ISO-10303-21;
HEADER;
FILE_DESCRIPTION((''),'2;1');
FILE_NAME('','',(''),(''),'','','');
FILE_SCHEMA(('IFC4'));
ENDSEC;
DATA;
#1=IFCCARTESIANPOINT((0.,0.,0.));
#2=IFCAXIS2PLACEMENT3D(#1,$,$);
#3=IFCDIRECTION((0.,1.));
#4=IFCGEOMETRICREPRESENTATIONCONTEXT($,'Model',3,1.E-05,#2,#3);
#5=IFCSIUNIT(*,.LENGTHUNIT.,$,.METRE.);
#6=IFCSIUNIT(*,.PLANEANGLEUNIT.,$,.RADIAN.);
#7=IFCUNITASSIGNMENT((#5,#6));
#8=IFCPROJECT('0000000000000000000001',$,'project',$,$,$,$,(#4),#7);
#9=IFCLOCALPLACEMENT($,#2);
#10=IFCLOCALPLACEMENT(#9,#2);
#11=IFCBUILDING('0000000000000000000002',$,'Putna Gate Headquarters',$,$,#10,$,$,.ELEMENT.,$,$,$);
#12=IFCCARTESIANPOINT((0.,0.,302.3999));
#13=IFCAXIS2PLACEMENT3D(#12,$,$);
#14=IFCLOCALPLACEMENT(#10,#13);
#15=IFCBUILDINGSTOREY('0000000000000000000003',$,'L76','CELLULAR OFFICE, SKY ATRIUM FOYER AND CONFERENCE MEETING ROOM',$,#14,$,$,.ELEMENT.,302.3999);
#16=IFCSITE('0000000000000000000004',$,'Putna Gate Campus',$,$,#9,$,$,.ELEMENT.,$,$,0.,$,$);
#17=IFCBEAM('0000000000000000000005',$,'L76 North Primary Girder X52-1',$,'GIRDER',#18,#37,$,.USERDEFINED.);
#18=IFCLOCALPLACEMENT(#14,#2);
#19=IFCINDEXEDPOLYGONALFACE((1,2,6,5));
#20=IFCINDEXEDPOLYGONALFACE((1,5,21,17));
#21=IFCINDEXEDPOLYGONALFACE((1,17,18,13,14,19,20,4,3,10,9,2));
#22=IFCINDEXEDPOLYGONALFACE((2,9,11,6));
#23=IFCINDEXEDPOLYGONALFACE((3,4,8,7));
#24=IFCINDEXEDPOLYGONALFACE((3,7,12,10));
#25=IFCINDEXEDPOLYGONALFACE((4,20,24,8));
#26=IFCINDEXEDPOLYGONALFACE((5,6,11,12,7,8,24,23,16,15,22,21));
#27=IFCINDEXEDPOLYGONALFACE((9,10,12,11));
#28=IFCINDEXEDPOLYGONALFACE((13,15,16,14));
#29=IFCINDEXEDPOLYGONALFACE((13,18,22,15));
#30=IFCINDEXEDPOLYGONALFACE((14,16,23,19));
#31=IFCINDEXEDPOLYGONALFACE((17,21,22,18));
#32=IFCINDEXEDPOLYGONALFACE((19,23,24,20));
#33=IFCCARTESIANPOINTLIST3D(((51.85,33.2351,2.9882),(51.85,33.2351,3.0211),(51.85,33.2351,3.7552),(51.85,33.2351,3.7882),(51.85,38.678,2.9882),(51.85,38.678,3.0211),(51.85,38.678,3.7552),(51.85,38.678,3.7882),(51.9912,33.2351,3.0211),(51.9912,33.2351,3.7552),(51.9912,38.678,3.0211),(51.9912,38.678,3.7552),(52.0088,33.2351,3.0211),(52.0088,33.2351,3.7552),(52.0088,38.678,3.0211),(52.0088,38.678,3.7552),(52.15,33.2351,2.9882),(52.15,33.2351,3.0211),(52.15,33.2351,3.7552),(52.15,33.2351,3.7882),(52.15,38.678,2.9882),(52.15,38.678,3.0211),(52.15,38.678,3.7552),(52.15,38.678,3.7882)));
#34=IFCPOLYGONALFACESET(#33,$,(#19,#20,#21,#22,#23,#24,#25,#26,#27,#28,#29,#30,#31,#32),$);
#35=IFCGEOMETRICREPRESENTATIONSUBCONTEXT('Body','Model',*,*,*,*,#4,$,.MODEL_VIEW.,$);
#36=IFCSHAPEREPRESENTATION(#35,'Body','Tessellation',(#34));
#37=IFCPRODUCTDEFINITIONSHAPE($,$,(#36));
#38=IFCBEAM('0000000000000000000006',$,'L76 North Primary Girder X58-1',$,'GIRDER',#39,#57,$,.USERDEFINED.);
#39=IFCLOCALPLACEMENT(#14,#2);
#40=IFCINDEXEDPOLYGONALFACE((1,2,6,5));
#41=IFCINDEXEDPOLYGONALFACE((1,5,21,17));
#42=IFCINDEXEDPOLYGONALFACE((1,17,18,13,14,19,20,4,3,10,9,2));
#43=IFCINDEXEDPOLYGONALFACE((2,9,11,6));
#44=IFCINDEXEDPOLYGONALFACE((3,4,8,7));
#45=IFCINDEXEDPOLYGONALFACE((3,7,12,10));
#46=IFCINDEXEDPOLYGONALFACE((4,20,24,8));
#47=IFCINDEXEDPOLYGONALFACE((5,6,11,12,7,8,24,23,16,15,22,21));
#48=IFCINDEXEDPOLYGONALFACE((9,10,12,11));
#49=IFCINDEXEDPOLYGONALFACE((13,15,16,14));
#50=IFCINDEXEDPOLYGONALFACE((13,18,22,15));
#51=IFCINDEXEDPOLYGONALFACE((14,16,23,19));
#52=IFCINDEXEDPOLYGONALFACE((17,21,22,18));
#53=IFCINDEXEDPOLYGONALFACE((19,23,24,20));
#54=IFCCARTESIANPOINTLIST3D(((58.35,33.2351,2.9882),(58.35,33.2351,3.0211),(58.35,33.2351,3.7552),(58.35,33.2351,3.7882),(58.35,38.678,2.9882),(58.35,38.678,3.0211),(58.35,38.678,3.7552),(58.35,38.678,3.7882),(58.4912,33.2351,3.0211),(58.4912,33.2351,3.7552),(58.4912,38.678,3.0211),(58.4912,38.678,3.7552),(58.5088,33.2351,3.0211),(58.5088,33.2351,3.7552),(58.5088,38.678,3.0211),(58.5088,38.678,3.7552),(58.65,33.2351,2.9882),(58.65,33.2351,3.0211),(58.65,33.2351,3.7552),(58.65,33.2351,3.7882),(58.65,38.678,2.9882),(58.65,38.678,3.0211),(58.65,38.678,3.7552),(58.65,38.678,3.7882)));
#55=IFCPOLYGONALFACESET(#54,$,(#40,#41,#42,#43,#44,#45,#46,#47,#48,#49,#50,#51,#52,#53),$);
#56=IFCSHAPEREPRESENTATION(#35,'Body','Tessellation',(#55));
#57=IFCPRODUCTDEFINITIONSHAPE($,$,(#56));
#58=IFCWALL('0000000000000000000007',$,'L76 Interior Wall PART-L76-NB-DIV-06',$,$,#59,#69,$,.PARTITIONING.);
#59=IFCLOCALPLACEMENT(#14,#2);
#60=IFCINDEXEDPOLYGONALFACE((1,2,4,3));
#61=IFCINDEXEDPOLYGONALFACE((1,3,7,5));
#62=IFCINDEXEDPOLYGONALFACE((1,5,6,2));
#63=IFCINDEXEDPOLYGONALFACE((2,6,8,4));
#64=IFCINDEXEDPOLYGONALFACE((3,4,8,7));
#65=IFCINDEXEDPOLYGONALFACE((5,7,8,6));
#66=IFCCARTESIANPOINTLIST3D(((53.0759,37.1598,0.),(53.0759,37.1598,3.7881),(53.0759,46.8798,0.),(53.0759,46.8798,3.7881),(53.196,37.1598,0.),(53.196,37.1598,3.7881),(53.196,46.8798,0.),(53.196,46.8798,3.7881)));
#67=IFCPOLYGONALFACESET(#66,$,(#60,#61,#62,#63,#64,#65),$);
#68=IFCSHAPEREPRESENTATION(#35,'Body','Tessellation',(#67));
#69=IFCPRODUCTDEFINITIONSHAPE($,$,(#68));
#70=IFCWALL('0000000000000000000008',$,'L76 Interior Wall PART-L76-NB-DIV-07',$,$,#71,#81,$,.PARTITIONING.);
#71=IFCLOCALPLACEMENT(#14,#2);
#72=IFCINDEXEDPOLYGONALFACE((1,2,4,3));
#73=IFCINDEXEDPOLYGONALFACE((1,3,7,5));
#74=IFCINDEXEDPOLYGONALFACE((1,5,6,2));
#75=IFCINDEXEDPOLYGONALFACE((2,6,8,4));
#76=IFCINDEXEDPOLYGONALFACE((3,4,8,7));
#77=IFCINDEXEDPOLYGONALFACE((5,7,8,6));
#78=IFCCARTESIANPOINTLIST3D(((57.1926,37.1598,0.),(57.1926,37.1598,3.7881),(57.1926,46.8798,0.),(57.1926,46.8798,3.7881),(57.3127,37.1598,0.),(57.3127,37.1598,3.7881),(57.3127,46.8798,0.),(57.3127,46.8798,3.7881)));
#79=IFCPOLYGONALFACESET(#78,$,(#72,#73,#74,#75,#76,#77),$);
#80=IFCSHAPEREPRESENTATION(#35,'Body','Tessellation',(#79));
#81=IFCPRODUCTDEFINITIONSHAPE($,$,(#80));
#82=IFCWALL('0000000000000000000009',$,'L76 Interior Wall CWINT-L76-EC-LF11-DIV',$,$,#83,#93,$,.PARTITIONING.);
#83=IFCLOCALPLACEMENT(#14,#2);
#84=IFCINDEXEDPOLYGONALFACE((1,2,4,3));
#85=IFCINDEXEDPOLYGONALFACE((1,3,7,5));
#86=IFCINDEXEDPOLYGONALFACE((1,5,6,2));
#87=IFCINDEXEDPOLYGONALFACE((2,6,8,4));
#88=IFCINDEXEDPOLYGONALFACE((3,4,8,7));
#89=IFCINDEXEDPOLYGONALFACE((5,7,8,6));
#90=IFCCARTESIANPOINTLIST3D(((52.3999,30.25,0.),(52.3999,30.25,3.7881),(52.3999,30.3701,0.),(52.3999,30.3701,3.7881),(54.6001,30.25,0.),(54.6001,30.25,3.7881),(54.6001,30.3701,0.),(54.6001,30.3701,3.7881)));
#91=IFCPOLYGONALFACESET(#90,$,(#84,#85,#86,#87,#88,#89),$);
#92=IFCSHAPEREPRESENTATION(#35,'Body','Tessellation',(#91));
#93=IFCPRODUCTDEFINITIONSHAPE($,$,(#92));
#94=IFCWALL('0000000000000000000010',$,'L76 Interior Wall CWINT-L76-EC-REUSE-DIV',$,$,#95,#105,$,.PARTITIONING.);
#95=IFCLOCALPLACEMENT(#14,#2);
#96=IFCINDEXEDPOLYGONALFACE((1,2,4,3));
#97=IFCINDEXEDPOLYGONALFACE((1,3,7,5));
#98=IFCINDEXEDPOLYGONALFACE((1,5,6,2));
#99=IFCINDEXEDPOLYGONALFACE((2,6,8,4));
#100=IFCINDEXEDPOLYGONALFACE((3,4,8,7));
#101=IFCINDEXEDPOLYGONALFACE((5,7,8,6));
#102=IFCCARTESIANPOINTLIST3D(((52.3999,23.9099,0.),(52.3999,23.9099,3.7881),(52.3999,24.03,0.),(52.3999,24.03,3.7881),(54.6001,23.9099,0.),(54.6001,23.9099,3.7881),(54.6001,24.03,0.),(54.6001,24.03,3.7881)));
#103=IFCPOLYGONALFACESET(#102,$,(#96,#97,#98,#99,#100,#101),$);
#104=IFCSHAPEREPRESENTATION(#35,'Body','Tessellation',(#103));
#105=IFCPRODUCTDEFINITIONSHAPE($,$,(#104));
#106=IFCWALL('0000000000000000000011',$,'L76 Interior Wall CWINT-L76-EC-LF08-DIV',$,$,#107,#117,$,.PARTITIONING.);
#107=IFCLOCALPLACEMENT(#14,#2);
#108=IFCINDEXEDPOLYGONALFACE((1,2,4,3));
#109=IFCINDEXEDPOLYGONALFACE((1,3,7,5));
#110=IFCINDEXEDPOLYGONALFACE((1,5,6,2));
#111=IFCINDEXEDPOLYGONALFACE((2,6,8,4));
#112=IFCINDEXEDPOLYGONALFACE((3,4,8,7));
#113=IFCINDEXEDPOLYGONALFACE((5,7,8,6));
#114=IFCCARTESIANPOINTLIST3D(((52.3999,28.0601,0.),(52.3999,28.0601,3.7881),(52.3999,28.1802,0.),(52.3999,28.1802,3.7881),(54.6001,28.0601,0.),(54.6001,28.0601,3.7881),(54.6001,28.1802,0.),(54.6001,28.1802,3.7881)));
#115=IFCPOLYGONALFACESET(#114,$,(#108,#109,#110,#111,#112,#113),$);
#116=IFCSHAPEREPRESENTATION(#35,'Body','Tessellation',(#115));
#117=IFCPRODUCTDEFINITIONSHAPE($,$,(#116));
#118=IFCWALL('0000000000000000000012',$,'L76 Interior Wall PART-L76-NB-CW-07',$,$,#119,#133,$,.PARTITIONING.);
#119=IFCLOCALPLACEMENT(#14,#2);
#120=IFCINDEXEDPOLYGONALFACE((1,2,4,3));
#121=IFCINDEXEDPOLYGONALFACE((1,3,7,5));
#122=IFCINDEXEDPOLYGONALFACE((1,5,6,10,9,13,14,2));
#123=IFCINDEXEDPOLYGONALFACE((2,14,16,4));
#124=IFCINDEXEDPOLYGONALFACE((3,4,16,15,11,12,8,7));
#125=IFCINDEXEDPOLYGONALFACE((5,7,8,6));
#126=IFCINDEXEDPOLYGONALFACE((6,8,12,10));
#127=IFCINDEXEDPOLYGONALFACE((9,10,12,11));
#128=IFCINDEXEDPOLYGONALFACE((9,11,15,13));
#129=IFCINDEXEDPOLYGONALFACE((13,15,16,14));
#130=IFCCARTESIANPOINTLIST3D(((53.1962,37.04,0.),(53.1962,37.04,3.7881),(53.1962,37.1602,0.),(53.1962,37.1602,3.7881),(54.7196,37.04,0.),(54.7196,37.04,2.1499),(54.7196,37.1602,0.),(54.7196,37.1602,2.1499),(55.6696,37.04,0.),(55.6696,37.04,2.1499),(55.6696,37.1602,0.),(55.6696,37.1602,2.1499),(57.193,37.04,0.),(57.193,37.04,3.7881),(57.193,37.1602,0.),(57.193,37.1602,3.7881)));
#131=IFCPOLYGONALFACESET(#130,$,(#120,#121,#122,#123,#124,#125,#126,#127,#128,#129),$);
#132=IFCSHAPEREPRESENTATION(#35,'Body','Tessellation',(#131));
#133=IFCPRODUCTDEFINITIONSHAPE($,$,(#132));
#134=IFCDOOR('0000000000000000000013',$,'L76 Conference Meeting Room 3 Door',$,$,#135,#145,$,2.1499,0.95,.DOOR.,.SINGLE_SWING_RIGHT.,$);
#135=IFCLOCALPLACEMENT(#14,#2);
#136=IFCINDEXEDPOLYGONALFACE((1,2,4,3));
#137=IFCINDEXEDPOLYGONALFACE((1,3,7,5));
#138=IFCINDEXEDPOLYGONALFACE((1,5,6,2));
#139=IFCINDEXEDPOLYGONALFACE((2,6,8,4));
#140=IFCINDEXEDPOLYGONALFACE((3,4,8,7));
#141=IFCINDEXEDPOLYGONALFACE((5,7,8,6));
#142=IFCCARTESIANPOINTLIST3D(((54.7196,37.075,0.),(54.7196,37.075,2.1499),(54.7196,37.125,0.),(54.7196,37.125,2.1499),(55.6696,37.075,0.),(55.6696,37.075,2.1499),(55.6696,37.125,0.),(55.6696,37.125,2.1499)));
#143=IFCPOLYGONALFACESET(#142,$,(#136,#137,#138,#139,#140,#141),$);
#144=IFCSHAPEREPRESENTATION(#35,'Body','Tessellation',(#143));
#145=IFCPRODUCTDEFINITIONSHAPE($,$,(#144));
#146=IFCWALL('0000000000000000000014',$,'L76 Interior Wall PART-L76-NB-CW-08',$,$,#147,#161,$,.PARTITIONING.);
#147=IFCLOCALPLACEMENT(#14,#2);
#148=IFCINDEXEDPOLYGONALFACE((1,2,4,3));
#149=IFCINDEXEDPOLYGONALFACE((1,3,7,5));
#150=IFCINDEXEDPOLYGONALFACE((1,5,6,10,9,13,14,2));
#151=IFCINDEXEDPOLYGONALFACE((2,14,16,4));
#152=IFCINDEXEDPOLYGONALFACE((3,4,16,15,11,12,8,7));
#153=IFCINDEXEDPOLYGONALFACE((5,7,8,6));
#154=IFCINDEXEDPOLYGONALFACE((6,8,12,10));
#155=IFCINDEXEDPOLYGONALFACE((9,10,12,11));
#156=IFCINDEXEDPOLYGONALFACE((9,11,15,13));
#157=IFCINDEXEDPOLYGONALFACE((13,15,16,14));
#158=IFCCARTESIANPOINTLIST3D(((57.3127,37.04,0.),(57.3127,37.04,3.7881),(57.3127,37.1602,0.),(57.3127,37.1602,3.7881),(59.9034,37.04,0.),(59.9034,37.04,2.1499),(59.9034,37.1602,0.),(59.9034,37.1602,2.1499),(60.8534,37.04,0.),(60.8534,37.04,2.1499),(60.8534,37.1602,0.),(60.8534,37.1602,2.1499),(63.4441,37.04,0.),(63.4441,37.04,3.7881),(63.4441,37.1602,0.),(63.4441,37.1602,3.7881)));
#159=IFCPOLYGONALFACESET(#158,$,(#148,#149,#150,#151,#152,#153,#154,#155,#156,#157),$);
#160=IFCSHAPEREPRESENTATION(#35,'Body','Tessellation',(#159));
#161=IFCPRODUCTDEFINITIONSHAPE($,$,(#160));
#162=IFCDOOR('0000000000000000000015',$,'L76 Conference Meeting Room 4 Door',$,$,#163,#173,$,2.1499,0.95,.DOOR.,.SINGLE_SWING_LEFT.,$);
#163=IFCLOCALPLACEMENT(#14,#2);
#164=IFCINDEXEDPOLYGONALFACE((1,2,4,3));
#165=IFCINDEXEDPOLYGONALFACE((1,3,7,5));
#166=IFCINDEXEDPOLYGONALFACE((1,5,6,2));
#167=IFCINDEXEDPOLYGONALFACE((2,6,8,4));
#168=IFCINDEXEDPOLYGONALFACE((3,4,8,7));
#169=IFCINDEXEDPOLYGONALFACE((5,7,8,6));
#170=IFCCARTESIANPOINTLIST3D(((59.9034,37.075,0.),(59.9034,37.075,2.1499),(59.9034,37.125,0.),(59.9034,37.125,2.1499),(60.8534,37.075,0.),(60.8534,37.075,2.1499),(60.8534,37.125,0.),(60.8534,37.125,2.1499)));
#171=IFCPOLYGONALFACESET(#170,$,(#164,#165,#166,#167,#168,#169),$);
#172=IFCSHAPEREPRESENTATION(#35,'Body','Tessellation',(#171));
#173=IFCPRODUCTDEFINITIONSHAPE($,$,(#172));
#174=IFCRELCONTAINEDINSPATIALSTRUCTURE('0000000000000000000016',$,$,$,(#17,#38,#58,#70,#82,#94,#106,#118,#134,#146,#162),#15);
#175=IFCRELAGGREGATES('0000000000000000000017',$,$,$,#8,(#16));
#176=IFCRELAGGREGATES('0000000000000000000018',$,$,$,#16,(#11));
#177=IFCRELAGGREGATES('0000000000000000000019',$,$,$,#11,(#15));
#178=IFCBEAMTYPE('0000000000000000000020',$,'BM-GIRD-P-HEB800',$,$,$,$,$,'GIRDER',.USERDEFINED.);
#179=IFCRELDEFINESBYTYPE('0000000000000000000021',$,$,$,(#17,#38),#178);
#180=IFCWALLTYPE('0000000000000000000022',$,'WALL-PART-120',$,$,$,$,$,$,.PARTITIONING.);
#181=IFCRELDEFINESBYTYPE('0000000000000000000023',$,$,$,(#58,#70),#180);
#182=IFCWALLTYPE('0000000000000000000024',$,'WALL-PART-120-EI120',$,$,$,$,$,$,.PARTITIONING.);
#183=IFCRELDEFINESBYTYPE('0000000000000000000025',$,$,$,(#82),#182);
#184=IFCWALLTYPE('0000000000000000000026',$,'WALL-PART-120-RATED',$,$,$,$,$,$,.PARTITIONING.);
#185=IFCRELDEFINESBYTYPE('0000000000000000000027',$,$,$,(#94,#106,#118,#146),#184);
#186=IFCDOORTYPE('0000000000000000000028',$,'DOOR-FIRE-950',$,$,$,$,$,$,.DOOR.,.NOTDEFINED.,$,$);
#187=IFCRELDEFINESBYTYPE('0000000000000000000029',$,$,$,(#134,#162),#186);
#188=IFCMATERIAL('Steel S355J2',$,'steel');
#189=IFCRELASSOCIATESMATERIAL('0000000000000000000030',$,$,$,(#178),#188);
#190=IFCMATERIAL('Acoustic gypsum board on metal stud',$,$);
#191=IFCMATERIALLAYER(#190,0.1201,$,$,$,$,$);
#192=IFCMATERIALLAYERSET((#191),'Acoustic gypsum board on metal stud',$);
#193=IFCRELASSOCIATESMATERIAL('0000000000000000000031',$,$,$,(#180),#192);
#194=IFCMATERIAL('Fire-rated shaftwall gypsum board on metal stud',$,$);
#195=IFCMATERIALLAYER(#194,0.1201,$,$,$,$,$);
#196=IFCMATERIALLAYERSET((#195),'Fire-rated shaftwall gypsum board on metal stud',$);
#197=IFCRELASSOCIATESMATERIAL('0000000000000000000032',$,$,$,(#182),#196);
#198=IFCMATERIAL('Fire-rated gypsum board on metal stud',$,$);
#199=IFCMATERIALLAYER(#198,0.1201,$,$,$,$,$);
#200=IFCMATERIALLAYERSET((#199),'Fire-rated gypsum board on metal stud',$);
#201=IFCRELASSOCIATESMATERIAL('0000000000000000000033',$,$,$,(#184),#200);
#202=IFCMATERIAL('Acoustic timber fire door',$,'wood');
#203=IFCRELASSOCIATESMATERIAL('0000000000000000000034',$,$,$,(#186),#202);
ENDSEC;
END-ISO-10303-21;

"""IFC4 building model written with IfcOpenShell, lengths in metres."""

from ifc_helpers import new_model, si_unit, direction, frame, frame_2d, origin, origin_2d, place, context, subcontext, project, spatial, rectangle, i_section, extrude, material, layer, layer_set, material_profile, profile_set, type_object, element, fill, save


model = new_model("IFC4")

# Units and contexts
model_context = context("Model", 3, precision=1e-05, world=origin(), true_north=direction((0.0, 1.0)))
body_context = subcontext(model_context, "Body", "Model", "MODEL_VIEW")
ifc_project = project(units=[si_unit("LENGTHUNIT", "METRE"), si_unit("PLANEANGLEUNIT", "RADIAN")], contexts=[model_context])

# Site, building, storey
site_placement = place(None, origin())
site = spatial("IfcSite", under=ifc_project, at=site_placement, Name="Putna Gate Campus", CompositionType="ELEMENT", RefElevation=0.0)
building_placement = place(site_placement, origin())
building = spatial("IfcBuilding", under=site, at=building_placement, Name="Putna Gate Headquarters", CompositionType="ELEMENT")
storey_placement = place(building_placement, frame((0.0, 0.0, 302.3999)))
storey = spatial("IfcBuildingStorey", under=building, at=storey_placement, Name="L76", Description="CELLULAR OFFICE, SKY ATRIUM FOYER AND CONFERENCE MEETING ROOM", CompositionType="ELEMENT", Elevation=302.3999)

# Beams
ifc_material_1 = material(Name="Steel S355J2", Category="steel")
ifc_material_profile = material_profile(ifc_material_1, i_section(OverallWidth=0.3, OverallDepth=0.8, WebThickness=0.0176, FlangeThickness=0.033, at=origin_2d()), Name="Steel S355J2")
ifc_profile_set = profile_set([ifc_material_profile], Name="Steel S355J2")
beam_type = type_object("IfcBeamType", Name="BM-GIRD-P-HEB800", ElementType="GIRDER", PredefinedType="USERDEFINED", material=ifc_profile_set)
for number, where, z_axis, x_axis, name in (
    (1, (52.0, 33.2351, 3.3882), (0.0, 1.0, 0.0), (-1.0, 0.0, 0.0), "L76 North Primary Girder X52-1"),
    (2, (58.5, 33.2351, 3.3882), (0.0, 1.0, 0.0), (-1.0, 0.0, 0.0), "L76 North Primary Girder X58-1"),
):
    element("IfcBeam", number, at=place(storey_placement, frame(where, z_axis=z_axis, x_axis=x_axis)), inside=storey, type_object=beam_type, Name=name, ObjectType="GIRDER", PredefinedType="USERDEFINED", context=body_context, shape_type="SweptSolid", body=[
        extrude(i_section(OverallWidth=0.3, OverallDepth=0.8, WebThickness=0.0176, FlangeThickness=0.033, at=origin_2d()), origin(), (0.0, 0.0, 1.0), 5.4429),
    ])

# Walls
ifc_material_2 = material(Name="Acoustic gypsum board on metal stud")
ifc_layer_1 = layer(ifc_material_2, 0.1201)
ifc_layer_set_1 = layer_set([ifc_layer_1], Name="Acoustic gypsum board on metal stud")
wall_type_1 = type_object("IfcWallType", Name="WALL-PART-120", PredefinedType="PARTITIONING", material=ifc_layer_set_1)
for number, where, z_axis, x_axis, name in (
    (3, (53.136, 37.1599, 0.0), (0.0, 0.0, 1.0), (0.0, 1.0, 0.0), "L76 Interior Wall PART-L76-NB-DIV-06"),
    (4, (57.2527, 37.1599, 0.0), (0.0, 0.0, 1.0), (0.0, 1.0, 0.0), "L76 Interior Wall PART-L76-NB-DIV-07"),
):
    element("IfcWall", number, at=place(storey_placement, frame(where, z_axis=z_axis, x_axis=x_axis)), inside=storey, type_object=wall_type_1, Name=name, PredefinedType="PARTITIONING", context=body_context, shape_type="SweptSolid", body=[
        extrude(rectangle(XDim=9.72, YDim=0.1201, at=frame_2d((4.8599, 0.0))), origin(), (0.0, 0.0, 1.0), 3.7881),
    ])
ifc_material_3 = material(Name="Fire-rated shaftwall gypsum board on metal stud")
ifc_layer_2 = layer(ifc_material_3, 0.1201)
ifc_layer_set_2 = layer_set([ifc_layer_2], Name="Fire-rated shaftwall gypsum board on metal stud")
wall_type_2 = type_object("IfcWallType", Name="WALL-PART-120-EI120", PredefinedType="PARTITIONING", material=ifc_layer_set_2)
wall_1_placement = place(storey_placement, frame((52.3999, 30.3101, 0.0), z_axis=(0.0, 0.0, 1.0), x_axis=(1.0, 0.0, 0.0)))
element("IfcWall", 5, at=wall_1_placement, inside=storey, type_object=wall_type_2, Name="L76 Interior Wall CWINT-L76-EC-LF11-DIV", PredefinedType="PARTITIONING", context=body_context, shape_type="SweptSolid", body=[
    extrude(rectangle(XDim=2.2002, YDim=0.1201, at=frame_2d((1.1001, 0.0))), origin(), (0.0, 0.0, 1.0), 3.7881),
])
ifc_material_4 = material(Name="Fire-rated gypsum board on metal stud")
ifc_layer_3 = layer(ifc_material_4, 0.1201)
ifc_layer_set_3 = layer_set([ifc_layer_3], Name="Fire-rated gypsum board on metal stud")
wall_type_3 = type_object("IfcWallType", Name="WALL-PART-120-RATED", PredefinedType="PARTITIONING", material=ifc_layer_set_3)
for number, where, z_axis, x_axis, name in (
    (6, (52.3999, 23.97, 0.0), (0.0, 0.0, 1.0), (1.0, 0.0, 0.0), "L76 Interior Wall CWINT-L76-EC-REUSE-DIV"),
    (7, (52.3999, 28.1201, 0.0), (0.0, 0.0, 1.0), (1.0, 0.0, 0.0), "L76 Interior Wall CWINT-L76-EC-LF08-DIV"),
):
    element("IfcWall", number, at=place(storey_placement, frame(where, z_axis=z_axis, x_axis=x_axis)), inside=storey, type_object=wall_type_3, Name=name, PredefinedType="PARTITIONING", context=body_context, shape_type="SweptSolid", body=[
        extrude(rectangle(XDim=2.2002, YDim=0.1201, at=frame_2d((1.1001, 0.0))), origin(), (0.0, 0.0, 1.0), 3.7881),
    ])

# Walls, openings, doors
wall_2_placement = place(storey_placement, frame((53.196, 37.1001, 0.0), z_axis=(0.0, 0.0, 1.0), x_axis=(1.0, 0.0, 0.0)))
wall_2 = element("IfcWall", 8, at=wall_2_placement, inside=storey, type_object=wall_type_3, Name="L76 Interior Wall PART-L76-NB-CW-07", PredefinedType="PARTITIONING", context=body_context, shape_type="SweptSolid", body=[
    extrude(rectangle(XDim=3.9968, YDim=0.1201, at=frame_2d((1.9985, 0.0))), origin(), (0.0, 0.0, 1.0), 3.7881),
])
opening_1_placement = place(wall_2_placement, frame((1.5234, 0.0, 0.0)))
opening_1 = element("IfcOpeningElement", 9, at=opening_1_placement, cuts=wall_2, PredefinedType="OPENING", context=body_context, shape_type="SweptSolid", body=[
    extrude(rectangle(XDim=0.95, YDim=2.1499, at=frame_2d((0.4751, 1.075))), frame((0.0, 0.0701, 0.0), z_axis=(0.0, -1.0, 0.0), x_axis=(1.0, 0.0, 0.0)), (0.0, 0.0, 1.0), 0.1401),
])
ifc_material_5 = material(Name="Acoustic timber fire door", Category="wood")
door_type_1 = type_object("IfcDoorType", Name="DOOR-FIRE-950", OperationType="NOTDEFINED", PredefinedType="DOOR", material=ifc_material_5)
door_1_placement = place(opening_1_placement, origin())
door_1 = element("IfcDoor", 10, at=door_1_placement, inside=storey, type_object=door_type_1, Name="L76 Conference Meeting Room 3 Door", OperationType="SINGLE_SWING_RIGHT", OverallHeight=2.1499, OverallWidth=0.95, PredefinedType="DOOR", context=body_context, shape_type="SweptSolid", body=[
    extrude(rectangle(XDim=0.95, YDim=2.1499, at=frame_2d((0.4751, 1.075))), frame((0.0, 0.0249, 0.0), z_axis=(0.0, -1.0, 0.0), x_axis=(1.0, 0.0, 0.0)), (0.0, 0.0, 1.0), 0.05),
])
fill(opening_1, door_1)
wall_3_placement = place(storey_placement, frame((57.3127, 37.1001, 0.0), z_axis=(0.0, 0.0, 1.0), x_axis=(1.0, 0.0, 0.0)))
wall_3 = element("IfcWall", 11, at=wall_3_placement, inside=storey, type_object=wall_type_3, Name="L76 Interior Wall PART-L76-NB-CW-08", PredefinedType="PARTITIONING", context=body_context, shape_type="SweptSolid", body=[
    extrude(rectangle(XDim=6.1313, YDim=0.1201, at=frame_2d((3.0657, 0.0))), origin(), (0.0, 0.0, 1.0), 3.7881),
])
opening_2_placement = place(wall_3_placement, frame((2.5906, 0.0, 0.0)))
opening_2 = element("IfcOpeningElement", 12, at=opening_2_placement, cuts=wall_3, PredefinedType="OPENING", context=body_context, shape_type="SweptSolid", body=[
    extrude(rectangle(XDim=0.95, YDim=2.1499, at=frame_2d((0.4751, 1.075))), frame((0.0, 0.0701, 0.0), z_axis=(0.0, -1.0, 0.0), x_axis=(1.0, 0.0, 0.0)), (0.0, 0.0, 1.0), 0.1401),
])
door_2_placement = place(opening_2_placement, origin())
door_2 = element("IfcDoor", 13, at=door_2_placement, inside=storey, type_object=door_type_1, Name="L76 Conference Meeting Room 4 Door", OperationType="SINGLE_SWING_LEFT", OverallHeight=2.1499, OverallWidth=0.95, PredefinedType="DOOR", context=body_context, shape_type="SweptSolid", body=[
    extrude(rectangle(XDim=0.95, YDim=2.1499, at=frame_2d((0.4751, 1.075))), frame((0.0, 0.0249, 0.0), z_axis=(0.0, -1.0, 0.0), x_axis=(1.0, 0.0, 0.0)), (0.0, 0.0, 1.0), 0.05),
])
fill(opening_2, door_2)

save(model, "model.ifc")
